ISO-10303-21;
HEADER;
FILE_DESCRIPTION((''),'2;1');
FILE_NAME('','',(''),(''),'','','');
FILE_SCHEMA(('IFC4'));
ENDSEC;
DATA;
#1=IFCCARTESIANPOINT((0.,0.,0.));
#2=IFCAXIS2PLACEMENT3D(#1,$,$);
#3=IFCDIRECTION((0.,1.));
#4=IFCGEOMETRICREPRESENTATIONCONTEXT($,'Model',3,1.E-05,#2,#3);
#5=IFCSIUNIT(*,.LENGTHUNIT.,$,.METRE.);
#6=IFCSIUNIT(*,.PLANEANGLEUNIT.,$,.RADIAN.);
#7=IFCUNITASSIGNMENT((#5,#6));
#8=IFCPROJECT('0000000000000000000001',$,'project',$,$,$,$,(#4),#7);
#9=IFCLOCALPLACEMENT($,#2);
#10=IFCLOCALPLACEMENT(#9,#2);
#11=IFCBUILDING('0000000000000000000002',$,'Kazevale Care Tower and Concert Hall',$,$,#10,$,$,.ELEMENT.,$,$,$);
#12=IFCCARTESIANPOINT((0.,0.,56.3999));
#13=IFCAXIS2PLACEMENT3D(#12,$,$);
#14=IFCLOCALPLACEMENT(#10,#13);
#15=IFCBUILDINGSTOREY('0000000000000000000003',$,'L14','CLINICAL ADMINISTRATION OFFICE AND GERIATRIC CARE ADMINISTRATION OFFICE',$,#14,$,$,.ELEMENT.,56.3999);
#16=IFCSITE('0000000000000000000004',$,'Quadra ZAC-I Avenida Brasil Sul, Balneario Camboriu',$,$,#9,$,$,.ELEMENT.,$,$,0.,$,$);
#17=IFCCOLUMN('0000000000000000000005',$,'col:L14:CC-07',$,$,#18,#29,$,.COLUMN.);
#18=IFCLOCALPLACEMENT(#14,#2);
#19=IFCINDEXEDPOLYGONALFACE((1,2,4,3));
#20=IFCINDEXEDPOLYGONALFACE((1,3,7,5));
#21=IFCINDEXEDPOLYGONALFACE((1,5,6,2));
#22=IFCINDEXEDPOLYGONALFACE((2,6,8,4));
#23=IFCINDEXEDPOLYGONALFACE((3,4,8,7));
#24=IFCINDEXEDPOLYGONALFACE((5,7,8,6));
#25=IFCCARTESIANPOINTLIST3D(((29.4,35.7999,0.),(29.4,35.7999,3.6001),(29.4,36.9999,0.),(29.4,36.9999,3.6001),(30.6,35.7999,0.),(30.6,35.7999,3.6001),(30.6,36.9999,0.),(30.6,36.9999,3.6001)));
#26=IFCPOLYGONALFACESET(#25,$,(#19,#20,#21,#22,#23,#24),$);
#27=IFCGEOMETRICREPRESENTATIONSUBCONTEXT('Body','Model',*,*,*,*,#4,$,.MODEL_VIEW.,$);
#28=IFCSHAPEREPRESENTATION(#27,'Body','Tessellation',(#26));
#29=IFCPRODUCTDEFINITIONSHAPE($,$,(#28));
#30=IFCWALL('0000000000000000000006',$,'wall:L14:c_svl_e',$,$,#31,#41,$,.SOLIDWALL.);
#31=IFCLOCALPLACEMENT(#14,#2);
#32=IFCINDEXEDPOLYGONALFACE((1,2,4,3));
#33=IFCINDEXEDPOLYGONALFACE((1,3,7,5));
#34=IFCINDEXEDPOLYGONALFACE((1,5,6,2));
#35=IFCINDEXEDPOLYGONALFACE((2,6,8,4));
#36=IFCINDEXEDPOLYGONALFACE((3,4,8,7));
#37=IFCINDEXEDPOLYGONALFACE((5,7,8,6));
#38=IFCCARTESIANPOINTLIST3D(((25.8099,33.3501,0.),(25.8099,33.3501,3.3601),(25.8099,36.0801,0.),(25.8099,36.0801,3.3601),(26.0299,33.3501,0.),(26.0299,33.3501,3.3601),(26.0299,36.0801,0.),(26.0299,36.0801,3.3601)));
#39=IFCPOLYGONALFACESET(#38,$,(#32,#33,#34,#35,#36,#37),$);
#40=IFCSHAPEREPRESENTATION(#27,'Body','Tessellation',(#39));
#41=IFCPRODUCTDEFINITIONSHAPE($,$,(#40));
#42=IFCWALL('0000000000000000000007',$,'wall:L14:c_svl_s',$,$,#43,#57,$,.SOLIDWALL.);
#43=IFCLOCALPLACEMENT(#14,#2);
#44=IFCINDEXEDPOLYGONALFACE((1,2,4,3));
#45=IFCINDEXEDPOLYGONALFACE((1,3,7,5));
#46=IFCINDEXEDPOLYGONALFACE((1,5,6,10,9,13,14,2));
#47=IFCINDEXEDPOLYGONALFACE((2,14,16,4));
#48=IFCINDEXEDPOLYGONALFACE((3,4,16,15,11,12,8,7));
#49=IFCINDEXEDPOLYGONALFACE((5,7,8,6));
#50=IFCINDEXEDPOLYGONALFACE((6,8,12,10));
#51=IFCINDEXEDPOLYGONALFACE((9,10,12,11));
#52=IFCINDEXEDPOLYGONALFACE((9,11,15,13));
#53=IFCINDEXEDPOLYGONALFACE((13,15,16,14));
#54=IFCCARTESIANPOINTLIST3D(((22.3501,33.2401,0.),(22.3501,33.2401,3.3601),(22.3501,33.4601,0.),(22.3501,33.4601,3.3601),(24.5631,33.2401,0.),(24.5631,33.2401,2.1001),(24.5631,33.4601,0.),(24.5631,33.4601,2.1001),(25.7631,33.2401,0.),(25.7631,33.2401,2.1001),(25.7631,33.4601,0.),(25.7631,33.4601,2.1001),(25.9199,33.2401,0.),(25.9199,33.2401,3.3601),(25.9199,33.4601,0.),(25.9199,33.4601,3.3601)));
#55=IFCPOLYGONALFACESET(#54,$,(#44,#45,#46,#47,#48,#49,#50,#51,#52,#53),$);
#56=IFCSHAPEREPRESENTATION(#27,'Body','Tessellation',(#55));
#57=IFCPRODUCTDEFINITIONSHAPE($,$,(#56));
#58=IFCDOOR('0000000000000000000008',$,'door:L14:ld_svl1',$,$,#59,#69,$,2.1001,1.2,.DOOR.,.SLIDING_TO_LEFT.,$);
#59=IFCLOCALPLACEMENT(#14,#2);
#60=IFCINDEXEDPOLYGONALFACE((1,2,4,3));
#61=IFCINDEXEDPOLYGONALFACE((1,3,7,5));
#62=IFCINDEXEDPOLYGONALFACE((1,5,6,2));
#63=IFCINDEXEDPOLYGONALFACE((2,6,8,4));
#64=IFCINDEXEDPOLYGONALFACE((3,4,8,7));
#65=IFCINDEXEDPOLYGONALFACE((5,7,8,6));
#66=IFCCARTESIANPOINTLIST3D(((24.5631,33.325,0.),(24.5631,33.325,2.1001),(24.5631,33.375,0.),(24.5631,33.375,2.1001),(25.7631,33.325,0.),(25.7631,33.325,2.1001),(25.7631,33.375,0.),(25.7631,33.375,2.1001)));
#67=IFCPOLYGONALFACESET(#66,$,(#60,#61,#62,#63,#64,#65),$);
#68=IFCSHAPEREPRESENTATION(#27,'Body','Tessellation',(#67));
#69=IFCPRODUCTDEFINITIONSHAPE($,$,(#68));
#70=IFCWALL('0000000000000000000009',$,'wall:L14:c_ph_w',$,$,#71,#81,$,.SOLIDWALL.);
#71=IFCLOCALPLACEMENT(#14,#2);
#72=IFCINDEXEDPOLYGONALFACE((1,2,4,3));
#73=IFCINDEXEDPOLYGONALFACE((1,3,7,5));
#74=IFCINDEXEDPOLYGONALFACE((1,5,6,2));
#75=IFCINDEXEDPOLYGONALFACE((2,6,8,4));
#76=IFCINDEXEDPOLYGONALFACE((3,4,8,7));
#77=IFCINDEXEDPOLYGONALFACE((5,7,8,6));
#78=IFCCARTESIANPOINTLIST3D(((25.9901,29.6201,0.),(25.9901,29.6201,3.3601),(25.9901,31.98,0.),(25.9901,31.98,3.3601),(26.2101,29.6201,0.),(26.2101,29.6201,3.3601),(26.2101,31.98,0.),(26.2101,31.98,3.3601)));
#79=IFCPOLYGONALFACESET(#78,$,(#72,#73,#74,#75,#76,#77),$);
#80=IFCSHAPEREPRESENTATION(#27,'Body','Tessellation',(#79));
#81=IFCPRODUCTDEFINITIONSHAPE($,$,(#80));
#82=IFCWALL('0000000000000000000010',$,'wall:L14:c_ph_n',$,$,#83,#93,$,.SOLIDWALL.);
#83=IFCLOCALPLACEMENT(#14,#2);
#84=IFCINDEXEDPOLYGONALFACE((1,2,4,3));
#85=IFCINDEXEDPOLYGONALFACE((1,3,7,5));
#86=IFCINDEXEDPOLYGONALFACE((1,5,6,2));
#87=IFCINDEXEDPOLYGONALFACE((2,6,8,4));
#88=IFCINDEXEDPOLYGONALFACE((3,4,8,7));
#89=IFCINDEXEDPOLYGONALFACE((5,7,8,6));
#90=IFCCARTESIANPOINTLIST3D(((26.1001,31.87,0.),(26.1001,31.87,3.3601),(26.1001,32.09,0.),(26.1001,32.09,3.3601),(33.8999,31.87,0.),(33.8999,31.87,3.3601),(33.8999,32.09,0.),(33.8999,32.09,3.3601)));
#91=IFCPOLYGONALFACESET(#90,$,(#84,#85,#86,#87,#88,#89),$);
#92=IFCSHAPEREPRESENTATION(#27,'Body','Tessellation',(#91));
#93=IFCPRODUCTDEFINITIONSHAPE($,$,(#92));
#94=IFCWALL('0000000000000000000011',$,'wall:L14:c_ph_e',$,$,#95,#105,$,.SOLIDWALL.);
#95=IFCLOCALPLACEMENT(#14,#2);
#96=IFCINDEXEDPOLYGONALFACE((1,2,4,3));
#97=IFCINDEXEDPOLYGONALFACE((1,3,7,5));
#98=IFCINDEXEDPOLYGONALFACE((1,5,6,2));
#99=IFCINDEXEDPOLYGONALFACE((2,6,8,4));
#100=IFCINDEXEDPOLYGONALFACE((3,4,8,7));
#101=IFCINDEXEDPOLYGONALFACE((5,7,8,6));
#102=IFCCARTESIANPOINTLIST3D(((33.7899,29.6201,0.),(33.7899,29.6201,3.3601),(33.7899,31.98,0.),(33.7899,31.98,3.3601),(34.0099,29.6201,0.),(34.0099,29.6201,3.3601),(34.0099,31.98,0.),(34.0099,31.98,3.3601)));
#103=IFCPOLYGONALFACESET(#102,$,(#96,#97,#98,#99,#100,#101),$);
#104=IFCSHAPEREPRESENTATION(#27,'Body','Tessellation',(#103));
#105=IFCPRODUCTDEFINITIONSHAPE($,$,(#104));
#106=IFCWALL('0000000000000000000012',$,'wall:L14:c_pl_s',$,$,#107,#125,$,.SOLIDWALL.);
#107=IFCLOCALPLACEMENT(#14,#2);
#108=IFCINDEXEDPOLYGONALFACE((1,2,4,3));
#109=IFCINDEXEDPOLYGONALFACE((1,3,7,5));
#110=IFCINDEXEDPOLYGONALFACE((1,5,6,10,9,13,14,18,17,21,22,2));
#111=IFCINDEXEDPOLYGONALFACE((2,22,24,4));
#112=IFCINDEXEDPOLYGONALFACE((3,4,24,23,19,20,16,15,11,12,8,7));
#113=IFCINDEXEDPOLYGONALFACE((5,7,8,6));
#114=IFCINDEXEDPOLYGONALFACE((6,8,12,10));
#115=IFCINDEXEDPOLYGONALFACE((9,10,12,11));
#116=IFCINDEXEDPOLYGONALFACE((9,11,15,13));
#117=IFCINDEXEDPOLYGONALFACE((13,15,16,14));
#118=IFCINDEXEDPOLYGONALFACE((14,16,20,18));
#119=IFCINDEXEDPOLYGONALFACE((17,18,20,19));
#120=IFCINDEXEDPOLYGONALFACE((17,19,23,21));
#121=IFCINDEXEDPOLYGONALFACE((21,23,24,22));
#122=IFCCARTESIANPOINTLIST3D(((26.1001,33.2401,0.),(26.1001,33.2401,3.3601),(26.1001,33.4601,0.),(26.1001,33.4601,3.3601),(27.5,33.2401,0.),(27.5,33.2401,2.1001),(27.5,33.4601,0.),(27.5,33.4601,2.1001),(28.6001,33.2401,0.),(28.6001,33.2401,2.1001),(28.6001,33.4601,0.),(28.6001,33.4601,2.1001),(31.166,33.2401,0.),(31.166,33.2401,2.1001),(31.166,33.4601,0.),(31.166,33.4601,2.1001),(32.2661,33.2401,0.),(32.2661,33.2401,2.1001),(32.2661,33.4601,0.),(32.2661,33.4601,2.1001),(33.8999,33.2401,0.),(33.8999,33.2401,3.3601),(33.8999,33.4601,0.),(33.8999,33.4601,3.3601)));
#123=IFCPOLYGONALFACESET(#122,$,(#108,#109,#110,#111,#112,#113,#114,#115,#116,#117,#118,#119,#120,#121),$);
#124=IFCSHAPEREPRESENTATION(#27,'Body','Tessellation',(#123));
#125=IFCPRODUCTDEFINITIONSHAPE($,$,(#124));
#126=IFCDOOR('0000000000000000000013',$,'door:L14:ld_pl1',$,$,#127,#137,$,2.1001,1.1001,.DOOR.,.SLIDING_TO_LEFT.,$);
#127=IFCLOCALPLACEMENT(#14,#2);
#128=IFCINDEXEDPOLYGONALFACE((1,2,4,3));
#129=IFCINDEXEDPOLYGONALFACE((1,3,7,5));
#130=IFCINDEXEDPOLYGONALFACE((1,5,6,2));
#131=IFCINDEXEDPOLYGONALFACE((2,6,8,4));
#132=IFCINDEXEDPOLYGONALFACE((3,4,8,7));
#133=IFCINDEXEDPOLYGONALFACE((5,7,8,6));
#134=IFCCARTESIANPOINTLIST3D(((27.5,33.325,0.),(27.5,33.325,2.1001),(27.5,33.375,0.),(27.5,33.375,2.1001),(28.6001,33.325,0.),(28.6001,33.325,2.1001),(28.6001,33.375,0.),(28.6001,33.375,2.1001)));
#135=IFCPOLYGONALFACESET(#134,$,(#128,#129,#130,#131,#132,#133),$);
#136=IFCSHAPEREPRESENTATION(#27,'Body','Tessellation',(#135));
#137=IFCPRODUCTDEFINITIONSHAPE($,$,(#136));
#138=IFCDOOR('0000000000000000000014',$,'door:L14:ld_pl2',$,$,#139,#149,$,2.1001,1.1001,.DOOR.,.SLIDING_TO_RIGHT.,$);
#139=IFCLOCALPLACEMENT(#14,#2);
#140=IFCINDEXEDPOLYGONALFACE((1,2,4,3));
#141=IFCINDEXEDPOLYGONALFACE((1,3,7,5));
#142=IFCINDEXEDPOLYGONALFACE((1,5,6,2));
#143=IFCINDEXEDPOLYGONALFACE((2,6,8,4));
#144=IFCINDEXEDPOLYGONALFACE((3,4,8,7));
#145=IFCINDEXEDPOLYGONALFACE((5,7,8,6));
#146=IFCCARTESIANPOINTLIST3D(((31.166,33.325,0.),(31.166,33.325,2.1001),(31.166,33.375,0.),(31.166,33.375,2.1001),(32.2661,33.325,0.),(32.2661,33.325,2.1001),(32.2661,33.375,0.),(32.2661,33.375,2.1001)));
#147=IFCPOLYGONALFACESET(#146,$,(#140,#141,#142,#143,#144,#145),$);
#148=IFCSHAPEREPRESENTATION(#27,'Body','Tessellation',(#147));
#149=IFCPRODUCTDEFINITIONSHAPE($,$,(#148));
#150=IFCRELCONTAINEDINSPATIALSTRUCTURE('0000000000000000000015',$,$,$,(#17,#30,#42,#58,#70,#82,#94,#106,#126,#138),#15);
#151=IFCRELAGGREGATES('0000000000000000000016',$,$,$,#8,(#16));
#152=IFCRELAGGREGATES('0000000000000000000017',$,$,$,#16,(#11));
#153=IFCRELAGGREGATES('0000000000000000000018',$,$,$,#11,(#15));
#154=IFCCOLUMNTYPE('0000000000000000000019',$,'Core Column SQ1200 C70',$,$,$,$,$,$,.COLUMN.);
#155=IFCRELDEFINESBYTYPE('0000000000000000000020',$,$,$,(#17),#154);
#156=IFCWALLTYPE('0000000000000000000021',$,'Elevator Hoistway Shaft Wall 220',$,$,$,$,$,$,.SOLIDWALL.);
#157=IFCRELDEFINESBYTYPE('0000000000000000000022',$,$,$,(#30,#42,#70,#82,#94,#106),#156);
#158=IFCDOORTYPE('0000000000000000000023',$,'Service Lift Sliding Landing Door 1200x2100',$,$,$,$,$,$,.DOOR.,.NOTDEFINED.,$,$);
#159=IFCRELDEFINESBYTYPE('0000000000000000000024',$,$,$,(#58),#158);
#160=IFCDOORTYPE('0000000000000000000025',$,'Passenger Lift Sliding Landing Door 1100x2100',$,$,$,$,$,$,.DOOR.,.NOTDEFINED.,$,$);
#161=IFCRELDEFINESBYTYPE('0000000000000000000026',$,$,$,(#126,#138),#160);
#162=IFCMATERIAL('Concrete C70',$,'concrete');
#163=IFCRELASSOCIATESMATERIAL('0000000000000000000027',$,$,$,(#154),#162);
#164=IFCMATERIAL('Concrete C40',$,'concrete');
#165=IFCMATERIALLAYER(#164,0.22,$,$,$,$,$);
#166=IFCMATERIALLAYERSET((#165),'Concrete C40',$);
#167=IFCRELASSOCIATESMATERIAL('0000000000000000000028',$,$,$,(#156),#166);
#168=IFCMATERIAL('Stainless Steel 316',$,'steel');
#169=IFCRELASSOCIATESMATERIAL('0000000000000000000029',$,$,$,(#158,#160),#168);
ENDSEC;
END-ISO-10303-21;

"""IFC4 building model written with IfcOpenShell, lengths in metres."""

from ifc_helpers import new_model, si_unit, direction, frame, frame_2d, origin, origin_2d, place, context, subcontext, project, spatial, rectangle, extrude, material, layer, layer_set, material_profile, profile_set, type_object, element, fill, save


model = new_model("IFC4")

# Units and contexts
model_context = context("Model", 3, precision=1e-05, world=origin(), true_north=direction((0.0, 1.0)))
body_context = subcontext(model_context, "Body", "Model", "MODEL_VIEW")
ifc_project = project(units=[si_unit("LENGTHUNIT", "METRE"), si_unit("PLANEANGLEUNIT", "RADIAN")], contexts=[model_context])

# Site, building, storey
site_placement = place(None, origin())
site = spatial("IfcSite", under=ifc_project, at=site_placement, Name="Quadra ZAC-I Avenida Brasil Sul, Balneario Camboriu", CompositionType="ELEMENT", RefElevation=0.0)
building_placement = place(site_placement, origin())
building = spatial("IfcBuilding", under=site, at=building_placement, Name="Kazevale Care Tower and Concert Hall", CompositionType="ELEMENT")
storey_placement = place(building_placement, frame((0.0, 0.0, 56.3999)))
storey = spatial("IfcBuildingStorey", under=building, at=storey_placement, Name="L14", Description="CLINICAL ADMINISTRATION OFFICE AND GERIATRIC CARE ADMINISTRATION OFFICE", CompositionType="ELEMENT", Elevation=56.3999)

# Column
ifc_material_1 = material(Name="Concrete C70", Category="concrete")
ifc_material_profile = material_profile(ifc_material_1, rectangle(XDim=1.2, YDim=1.2, at=origin_2d()), Name="RC-SQ1200")
ifc_profile_set = profile_set([ifc_material_profile], Name="Concrete C70")
column_type = type_object("IfcColumnType", Name="Core Column SQ1200 C70", PredefinedType="COLUMN", material=ifc_profile_set)
column_placement = place(storey_placement, frame((30.0, 36.3999, 0.0), z_axis=(0.0, 0.0, 1.0), x_axis=(1.0, 0.0, 0.0)))
element("IfcColumn", 1, at=column_placement, inside=storey, type_object=column_type, Name="col:L14:CC-07", PredefinedType="COLUMN", context=body_context, shape_type="SweptSolid", body=[
    extrude(rectangle(XDim=1.2, YDim=1.2, at=origin_2d()), origin(), (0.0, 0.0, 1.0), 3.6001),
])

# Wall
ifc_material_2 = material(Name="Concrete C40", Category="concrete")
ifc_layer_1 = layer(ifc_material_2, 0.22)
ifc_layer_set_1 = layer_set([ifc_layer_1], Name="Concrete C40")
wall_type_1 = type_object("IfcWallType", Name="Elevator Hoistway Shaft Wall 220", PredefinedType="SOLIDWALL", material=ifc_layer_set_1)
wall_1_placement = place(storey_placement, frame((25.9199, 33.3501, 0.0), z_axis=(0.0, 0.0, 1.0), x_axis=(0.0, 1.0, 0.0)))
element("IfcWall", 2, at=wall_1_placement, inside=storey, type_object=wall_type_1, Name="wall:L14:c_svl_e", PredefinedType="SOLIDWALL", context=body_context, shape_type="SweptSolid", body=[
    extrude(rectangle(XDim=2.73, YDim=0.22, at=frame_2d((1.365, 0.0))), origin(), (0.0, 0.0, 1.0), 3.3601),
])

# Wall, opening, door
wall_2_placement = place(storey_placement, frame((22.3501, 33.3501, 0.0), z_axis=(0.0, 0.0, 1.0), x_axis=(1.0, 0.0, 0.0)))
wall_2 = element("IfcWall", 3, at=wall_2_placement, inside=storey, type_object=wall_type_1, Name="wall:L14:c_svl_s", PredefinedType="SOLIDWALL", context=body_context, shape_type="SweptSolid", body=[
    extrude(rectangle(XDim=3.5698, YDim=0.22, at=frame_2d((1.7849, 0.0))), origin(), (0.0, 0.0, 1.0), 3.3601),
])
opening_1_placement = place(wall_2_placement, frame((2.2129, 0.0, 0.0)))
opening_1 = element("IfcOpeningElement", 4, at=opening_1_placement, cuts=wall_2, PredefinedType="OPENING", context=body_context, shape_type="SweptSolid", body=[
    extrude(rectangle(XDim=1.2, YDim=2.1001, at=frame_2d((0.6001, 1.05))), frame((0.0, 0.1199, 0.0), z_axis=(0.0, -1.0, 0.0), x_axis=(1.0, 0.0, 0.0)), (0.0, 0.0, 1.0), 0.24),
])
ifc_material_3 = material(Name="Stainless Steel 316", Category="steel")
door_type_1 = type_object("IfcDoorType", Name="Service Lift Sliding Landing Door 1200x2100", OperationType="NOTDEFINED", PredefinedType="DOOR", material=ifc_material_3)
door_1_placement = place(opening_1_placement, origin())
door_1 = element("IfcDoor", 5, at=door_1_placement, inside=storey, type_object=door_type_1, Name="door:L14:ld_svl1", OperationType="SLIDING_TO_LEFT", OverallHeight=2.1001, OverallWidth=1.2, PredefinedType="DOOR", context=body_context, shape_type="SweptSolid", body=[
    extrude(rectangle(XDim=1.2, YDim=2.1001, at=frame_2d((0.6001, 1.05))), frame((0.0, 0.0249, 0.0), z_axis=(0.0, -1.0, 0.0), x_axis=(1.0, 0.0, 0.0)), (0.0, 0.0, 1.0), 0.05),
])
fill(opening_1, door_1)

# Walls
wall_3_placement = place(storey_placement, frame((26.1001, 29.6201, 0.0), z_axis=(0.0, 0.0, 1.0), x_axis=(0.0, 1.0, 0.0)))
element("IfcWall", 6, at=wall_3_placement, inside=storey, type_object=wall_type_1, Name="wall:L14:c_ph_w", PredefinedType="SOLIDWALL", context=body_context, shape_type="SweptSolid", body=[
    extrude(rectangle(XDim=2.3599, YDim=0.22, at=frame_2d((1.1799, 0.0))), origin(), (0.0, 0.0, 1.0), 3.3601),
])
wall_4_placement = place(storey_placement, frame((26.1001, 31.98, 0.0), z_axis=(0.0, 0.0, 1.0), x_axis=(1.0, 0.0, 0.0)))
element("IfcWall", 7, at=wall_4_placement, inside=storey, type_object=wall_type_1, Name="wall:L14:c_ph_n", PredefinedType="SOLIDWALL", context=body_context, shape_type="SweptSolid", body=[
    extrude(rectangle(XDim=7.7998, YDim=0.22, at=frame_2d((3.8999, 0.0))), origin(), (0.0, 0.0, 1.0), 3.3601),
])
wall_5_placement = place(storey_placement, frame((33.8999, 29.6201, 0.0), z_axis=(0.0, 0.0, 1.0), x_axis=(0.0, 1.0, 0.0)))
element("IfcWall", 8, at=wall_5_placement, inside=storey, type_object=wall_type_1, Name="wall:L14:c_ph_e", PredefinedType="SOLIDWALL", context=body_context, shape_type="SweptSolid", body=[
    extrude(rectangle(XDim=2.3599, YDim=0.22, at=frame_2d((1.1799, 0.0))), origin(), (0.0, 0.0, 1.0), 3.3601),
])

# Wall, openings, doors
wall_6_placement = place(storey_placement, frame((26.1001, 33.3501, 0.0), z_axis=(0.0, 0.0, 1.0), x_axis=(1.0, 0.0, 0.0)))
wall_6 = element("IfcWall", 9, at=wall_6_placement, inside=storey, type_object=wall_type_1, Name="wall:L14:c_pl_s", PredefinedType="SOLIDWALL", context=body_context, shape_type="SweptSolid", body=[
    extrude(rectangle(XDim=7.7998, YDim=0.22, at=frame_2d((3.8999, 0.0))), origin(), (0.0, 0.0, 1.0), 3.3601),
])
opening_2_placement = place(wall_6_placement, frame((1.3999, 0.0, 0.0)))
opening_2 = element("IfcOpeningElement", 10, at=opening_2_placement, cuts=wall_6, PredefinedType="OPENING", context=body_context, shape_type="SweptSolid", body=[
    extrude(rectangle(XDim=1.1001, YDim=2.1001, at=frame_2d((0.55, 1.05))), frame((0.0, 0.1199, 0.0), z_axis=(0.0, -1.0, 0.0), x_axis=(1.0, 0.0, 0.0)), (0.0, 0.0, 1.0), 0.24),
])
opening_3_placement = place(wall_6_placement, frame((5.0659, 0.0, 0.0)))
opening_3 = element("IfcOpeningElement", 11, at=opening_3_placement, cuts=wall_6, PredefinedType="OPENING", context=body_context, shape_type="SweptSolid", body=[
    extrude(rectangle(XDim=1.1001, YDim=2.1001, at=frame_2d((0.55, 1.05))), frame((0.0, 0.1199, 0.0), z_axis=(0.0, -1.0, 0.0), x_axis=(1.0, 0.0, 0.0)), (0.0, 0.0, 1.0), 0.24),
])
door_type_2 = type_object("IfcDoorType", Name="Passenger Lift Sliding Landing Door 1100x2100", OperationType="NOTDEFINED", PredefinedType="DOOR", material=ifc_material_3)
door_2_placement = place(opening_2_placement, origin())
door_2 = element("IfcDoor", 12, at=door_2_placement, inside=storey, type_object=door_type_2, Name="door:L14:ld_pl1", OperationType="SLIDING_TO_LEFT", OverallHeight=2.1001, OverallWidth=1.1001, PredefinedType="DOOR", context=body_context, shape_type="SweptSolid", body=[
    extrude(rectangle(XDim=1.1001, YDim=2.1001, at=frame_2d((0.55, 1.05))), frame((0.0, 0.0249, 0.0), z_axis=(0.0, -1.0, 0.0), x_axis=(1.0, 0.0, 0.0)), (0.0, 0.0, 1.0), 0.05),
])
fill(opening_2, door_2)
door_3_placement = place(opening_3_placement, origin())
door_3 = element("IfcDoor", 13, at=door_3_placement, inside=storey, type_object=door_type_2, Name="door:L14:ld_pl2", OperationType="SLIDING_TO_RIGHT", OverallHeight=2.1001, OverallWidth=1.1001, PredefinedType="DOOR", context=body_context, shape_type="SweptSolid", body=[
    extrude(rectangle(XDim=1.1001, YDim=2.1001, at=frame_2d((0.55, 1.05))), frame((0.0, 0.0249, 0.0), z_axis=(0.0, -1.0, 0.0), x_axis=(1.0, 0.0, 0.0)), (0.0, 0.0, 1.0), 0.05),
])
fill(opening_3, door_3)

save(model, "model.ifc")
